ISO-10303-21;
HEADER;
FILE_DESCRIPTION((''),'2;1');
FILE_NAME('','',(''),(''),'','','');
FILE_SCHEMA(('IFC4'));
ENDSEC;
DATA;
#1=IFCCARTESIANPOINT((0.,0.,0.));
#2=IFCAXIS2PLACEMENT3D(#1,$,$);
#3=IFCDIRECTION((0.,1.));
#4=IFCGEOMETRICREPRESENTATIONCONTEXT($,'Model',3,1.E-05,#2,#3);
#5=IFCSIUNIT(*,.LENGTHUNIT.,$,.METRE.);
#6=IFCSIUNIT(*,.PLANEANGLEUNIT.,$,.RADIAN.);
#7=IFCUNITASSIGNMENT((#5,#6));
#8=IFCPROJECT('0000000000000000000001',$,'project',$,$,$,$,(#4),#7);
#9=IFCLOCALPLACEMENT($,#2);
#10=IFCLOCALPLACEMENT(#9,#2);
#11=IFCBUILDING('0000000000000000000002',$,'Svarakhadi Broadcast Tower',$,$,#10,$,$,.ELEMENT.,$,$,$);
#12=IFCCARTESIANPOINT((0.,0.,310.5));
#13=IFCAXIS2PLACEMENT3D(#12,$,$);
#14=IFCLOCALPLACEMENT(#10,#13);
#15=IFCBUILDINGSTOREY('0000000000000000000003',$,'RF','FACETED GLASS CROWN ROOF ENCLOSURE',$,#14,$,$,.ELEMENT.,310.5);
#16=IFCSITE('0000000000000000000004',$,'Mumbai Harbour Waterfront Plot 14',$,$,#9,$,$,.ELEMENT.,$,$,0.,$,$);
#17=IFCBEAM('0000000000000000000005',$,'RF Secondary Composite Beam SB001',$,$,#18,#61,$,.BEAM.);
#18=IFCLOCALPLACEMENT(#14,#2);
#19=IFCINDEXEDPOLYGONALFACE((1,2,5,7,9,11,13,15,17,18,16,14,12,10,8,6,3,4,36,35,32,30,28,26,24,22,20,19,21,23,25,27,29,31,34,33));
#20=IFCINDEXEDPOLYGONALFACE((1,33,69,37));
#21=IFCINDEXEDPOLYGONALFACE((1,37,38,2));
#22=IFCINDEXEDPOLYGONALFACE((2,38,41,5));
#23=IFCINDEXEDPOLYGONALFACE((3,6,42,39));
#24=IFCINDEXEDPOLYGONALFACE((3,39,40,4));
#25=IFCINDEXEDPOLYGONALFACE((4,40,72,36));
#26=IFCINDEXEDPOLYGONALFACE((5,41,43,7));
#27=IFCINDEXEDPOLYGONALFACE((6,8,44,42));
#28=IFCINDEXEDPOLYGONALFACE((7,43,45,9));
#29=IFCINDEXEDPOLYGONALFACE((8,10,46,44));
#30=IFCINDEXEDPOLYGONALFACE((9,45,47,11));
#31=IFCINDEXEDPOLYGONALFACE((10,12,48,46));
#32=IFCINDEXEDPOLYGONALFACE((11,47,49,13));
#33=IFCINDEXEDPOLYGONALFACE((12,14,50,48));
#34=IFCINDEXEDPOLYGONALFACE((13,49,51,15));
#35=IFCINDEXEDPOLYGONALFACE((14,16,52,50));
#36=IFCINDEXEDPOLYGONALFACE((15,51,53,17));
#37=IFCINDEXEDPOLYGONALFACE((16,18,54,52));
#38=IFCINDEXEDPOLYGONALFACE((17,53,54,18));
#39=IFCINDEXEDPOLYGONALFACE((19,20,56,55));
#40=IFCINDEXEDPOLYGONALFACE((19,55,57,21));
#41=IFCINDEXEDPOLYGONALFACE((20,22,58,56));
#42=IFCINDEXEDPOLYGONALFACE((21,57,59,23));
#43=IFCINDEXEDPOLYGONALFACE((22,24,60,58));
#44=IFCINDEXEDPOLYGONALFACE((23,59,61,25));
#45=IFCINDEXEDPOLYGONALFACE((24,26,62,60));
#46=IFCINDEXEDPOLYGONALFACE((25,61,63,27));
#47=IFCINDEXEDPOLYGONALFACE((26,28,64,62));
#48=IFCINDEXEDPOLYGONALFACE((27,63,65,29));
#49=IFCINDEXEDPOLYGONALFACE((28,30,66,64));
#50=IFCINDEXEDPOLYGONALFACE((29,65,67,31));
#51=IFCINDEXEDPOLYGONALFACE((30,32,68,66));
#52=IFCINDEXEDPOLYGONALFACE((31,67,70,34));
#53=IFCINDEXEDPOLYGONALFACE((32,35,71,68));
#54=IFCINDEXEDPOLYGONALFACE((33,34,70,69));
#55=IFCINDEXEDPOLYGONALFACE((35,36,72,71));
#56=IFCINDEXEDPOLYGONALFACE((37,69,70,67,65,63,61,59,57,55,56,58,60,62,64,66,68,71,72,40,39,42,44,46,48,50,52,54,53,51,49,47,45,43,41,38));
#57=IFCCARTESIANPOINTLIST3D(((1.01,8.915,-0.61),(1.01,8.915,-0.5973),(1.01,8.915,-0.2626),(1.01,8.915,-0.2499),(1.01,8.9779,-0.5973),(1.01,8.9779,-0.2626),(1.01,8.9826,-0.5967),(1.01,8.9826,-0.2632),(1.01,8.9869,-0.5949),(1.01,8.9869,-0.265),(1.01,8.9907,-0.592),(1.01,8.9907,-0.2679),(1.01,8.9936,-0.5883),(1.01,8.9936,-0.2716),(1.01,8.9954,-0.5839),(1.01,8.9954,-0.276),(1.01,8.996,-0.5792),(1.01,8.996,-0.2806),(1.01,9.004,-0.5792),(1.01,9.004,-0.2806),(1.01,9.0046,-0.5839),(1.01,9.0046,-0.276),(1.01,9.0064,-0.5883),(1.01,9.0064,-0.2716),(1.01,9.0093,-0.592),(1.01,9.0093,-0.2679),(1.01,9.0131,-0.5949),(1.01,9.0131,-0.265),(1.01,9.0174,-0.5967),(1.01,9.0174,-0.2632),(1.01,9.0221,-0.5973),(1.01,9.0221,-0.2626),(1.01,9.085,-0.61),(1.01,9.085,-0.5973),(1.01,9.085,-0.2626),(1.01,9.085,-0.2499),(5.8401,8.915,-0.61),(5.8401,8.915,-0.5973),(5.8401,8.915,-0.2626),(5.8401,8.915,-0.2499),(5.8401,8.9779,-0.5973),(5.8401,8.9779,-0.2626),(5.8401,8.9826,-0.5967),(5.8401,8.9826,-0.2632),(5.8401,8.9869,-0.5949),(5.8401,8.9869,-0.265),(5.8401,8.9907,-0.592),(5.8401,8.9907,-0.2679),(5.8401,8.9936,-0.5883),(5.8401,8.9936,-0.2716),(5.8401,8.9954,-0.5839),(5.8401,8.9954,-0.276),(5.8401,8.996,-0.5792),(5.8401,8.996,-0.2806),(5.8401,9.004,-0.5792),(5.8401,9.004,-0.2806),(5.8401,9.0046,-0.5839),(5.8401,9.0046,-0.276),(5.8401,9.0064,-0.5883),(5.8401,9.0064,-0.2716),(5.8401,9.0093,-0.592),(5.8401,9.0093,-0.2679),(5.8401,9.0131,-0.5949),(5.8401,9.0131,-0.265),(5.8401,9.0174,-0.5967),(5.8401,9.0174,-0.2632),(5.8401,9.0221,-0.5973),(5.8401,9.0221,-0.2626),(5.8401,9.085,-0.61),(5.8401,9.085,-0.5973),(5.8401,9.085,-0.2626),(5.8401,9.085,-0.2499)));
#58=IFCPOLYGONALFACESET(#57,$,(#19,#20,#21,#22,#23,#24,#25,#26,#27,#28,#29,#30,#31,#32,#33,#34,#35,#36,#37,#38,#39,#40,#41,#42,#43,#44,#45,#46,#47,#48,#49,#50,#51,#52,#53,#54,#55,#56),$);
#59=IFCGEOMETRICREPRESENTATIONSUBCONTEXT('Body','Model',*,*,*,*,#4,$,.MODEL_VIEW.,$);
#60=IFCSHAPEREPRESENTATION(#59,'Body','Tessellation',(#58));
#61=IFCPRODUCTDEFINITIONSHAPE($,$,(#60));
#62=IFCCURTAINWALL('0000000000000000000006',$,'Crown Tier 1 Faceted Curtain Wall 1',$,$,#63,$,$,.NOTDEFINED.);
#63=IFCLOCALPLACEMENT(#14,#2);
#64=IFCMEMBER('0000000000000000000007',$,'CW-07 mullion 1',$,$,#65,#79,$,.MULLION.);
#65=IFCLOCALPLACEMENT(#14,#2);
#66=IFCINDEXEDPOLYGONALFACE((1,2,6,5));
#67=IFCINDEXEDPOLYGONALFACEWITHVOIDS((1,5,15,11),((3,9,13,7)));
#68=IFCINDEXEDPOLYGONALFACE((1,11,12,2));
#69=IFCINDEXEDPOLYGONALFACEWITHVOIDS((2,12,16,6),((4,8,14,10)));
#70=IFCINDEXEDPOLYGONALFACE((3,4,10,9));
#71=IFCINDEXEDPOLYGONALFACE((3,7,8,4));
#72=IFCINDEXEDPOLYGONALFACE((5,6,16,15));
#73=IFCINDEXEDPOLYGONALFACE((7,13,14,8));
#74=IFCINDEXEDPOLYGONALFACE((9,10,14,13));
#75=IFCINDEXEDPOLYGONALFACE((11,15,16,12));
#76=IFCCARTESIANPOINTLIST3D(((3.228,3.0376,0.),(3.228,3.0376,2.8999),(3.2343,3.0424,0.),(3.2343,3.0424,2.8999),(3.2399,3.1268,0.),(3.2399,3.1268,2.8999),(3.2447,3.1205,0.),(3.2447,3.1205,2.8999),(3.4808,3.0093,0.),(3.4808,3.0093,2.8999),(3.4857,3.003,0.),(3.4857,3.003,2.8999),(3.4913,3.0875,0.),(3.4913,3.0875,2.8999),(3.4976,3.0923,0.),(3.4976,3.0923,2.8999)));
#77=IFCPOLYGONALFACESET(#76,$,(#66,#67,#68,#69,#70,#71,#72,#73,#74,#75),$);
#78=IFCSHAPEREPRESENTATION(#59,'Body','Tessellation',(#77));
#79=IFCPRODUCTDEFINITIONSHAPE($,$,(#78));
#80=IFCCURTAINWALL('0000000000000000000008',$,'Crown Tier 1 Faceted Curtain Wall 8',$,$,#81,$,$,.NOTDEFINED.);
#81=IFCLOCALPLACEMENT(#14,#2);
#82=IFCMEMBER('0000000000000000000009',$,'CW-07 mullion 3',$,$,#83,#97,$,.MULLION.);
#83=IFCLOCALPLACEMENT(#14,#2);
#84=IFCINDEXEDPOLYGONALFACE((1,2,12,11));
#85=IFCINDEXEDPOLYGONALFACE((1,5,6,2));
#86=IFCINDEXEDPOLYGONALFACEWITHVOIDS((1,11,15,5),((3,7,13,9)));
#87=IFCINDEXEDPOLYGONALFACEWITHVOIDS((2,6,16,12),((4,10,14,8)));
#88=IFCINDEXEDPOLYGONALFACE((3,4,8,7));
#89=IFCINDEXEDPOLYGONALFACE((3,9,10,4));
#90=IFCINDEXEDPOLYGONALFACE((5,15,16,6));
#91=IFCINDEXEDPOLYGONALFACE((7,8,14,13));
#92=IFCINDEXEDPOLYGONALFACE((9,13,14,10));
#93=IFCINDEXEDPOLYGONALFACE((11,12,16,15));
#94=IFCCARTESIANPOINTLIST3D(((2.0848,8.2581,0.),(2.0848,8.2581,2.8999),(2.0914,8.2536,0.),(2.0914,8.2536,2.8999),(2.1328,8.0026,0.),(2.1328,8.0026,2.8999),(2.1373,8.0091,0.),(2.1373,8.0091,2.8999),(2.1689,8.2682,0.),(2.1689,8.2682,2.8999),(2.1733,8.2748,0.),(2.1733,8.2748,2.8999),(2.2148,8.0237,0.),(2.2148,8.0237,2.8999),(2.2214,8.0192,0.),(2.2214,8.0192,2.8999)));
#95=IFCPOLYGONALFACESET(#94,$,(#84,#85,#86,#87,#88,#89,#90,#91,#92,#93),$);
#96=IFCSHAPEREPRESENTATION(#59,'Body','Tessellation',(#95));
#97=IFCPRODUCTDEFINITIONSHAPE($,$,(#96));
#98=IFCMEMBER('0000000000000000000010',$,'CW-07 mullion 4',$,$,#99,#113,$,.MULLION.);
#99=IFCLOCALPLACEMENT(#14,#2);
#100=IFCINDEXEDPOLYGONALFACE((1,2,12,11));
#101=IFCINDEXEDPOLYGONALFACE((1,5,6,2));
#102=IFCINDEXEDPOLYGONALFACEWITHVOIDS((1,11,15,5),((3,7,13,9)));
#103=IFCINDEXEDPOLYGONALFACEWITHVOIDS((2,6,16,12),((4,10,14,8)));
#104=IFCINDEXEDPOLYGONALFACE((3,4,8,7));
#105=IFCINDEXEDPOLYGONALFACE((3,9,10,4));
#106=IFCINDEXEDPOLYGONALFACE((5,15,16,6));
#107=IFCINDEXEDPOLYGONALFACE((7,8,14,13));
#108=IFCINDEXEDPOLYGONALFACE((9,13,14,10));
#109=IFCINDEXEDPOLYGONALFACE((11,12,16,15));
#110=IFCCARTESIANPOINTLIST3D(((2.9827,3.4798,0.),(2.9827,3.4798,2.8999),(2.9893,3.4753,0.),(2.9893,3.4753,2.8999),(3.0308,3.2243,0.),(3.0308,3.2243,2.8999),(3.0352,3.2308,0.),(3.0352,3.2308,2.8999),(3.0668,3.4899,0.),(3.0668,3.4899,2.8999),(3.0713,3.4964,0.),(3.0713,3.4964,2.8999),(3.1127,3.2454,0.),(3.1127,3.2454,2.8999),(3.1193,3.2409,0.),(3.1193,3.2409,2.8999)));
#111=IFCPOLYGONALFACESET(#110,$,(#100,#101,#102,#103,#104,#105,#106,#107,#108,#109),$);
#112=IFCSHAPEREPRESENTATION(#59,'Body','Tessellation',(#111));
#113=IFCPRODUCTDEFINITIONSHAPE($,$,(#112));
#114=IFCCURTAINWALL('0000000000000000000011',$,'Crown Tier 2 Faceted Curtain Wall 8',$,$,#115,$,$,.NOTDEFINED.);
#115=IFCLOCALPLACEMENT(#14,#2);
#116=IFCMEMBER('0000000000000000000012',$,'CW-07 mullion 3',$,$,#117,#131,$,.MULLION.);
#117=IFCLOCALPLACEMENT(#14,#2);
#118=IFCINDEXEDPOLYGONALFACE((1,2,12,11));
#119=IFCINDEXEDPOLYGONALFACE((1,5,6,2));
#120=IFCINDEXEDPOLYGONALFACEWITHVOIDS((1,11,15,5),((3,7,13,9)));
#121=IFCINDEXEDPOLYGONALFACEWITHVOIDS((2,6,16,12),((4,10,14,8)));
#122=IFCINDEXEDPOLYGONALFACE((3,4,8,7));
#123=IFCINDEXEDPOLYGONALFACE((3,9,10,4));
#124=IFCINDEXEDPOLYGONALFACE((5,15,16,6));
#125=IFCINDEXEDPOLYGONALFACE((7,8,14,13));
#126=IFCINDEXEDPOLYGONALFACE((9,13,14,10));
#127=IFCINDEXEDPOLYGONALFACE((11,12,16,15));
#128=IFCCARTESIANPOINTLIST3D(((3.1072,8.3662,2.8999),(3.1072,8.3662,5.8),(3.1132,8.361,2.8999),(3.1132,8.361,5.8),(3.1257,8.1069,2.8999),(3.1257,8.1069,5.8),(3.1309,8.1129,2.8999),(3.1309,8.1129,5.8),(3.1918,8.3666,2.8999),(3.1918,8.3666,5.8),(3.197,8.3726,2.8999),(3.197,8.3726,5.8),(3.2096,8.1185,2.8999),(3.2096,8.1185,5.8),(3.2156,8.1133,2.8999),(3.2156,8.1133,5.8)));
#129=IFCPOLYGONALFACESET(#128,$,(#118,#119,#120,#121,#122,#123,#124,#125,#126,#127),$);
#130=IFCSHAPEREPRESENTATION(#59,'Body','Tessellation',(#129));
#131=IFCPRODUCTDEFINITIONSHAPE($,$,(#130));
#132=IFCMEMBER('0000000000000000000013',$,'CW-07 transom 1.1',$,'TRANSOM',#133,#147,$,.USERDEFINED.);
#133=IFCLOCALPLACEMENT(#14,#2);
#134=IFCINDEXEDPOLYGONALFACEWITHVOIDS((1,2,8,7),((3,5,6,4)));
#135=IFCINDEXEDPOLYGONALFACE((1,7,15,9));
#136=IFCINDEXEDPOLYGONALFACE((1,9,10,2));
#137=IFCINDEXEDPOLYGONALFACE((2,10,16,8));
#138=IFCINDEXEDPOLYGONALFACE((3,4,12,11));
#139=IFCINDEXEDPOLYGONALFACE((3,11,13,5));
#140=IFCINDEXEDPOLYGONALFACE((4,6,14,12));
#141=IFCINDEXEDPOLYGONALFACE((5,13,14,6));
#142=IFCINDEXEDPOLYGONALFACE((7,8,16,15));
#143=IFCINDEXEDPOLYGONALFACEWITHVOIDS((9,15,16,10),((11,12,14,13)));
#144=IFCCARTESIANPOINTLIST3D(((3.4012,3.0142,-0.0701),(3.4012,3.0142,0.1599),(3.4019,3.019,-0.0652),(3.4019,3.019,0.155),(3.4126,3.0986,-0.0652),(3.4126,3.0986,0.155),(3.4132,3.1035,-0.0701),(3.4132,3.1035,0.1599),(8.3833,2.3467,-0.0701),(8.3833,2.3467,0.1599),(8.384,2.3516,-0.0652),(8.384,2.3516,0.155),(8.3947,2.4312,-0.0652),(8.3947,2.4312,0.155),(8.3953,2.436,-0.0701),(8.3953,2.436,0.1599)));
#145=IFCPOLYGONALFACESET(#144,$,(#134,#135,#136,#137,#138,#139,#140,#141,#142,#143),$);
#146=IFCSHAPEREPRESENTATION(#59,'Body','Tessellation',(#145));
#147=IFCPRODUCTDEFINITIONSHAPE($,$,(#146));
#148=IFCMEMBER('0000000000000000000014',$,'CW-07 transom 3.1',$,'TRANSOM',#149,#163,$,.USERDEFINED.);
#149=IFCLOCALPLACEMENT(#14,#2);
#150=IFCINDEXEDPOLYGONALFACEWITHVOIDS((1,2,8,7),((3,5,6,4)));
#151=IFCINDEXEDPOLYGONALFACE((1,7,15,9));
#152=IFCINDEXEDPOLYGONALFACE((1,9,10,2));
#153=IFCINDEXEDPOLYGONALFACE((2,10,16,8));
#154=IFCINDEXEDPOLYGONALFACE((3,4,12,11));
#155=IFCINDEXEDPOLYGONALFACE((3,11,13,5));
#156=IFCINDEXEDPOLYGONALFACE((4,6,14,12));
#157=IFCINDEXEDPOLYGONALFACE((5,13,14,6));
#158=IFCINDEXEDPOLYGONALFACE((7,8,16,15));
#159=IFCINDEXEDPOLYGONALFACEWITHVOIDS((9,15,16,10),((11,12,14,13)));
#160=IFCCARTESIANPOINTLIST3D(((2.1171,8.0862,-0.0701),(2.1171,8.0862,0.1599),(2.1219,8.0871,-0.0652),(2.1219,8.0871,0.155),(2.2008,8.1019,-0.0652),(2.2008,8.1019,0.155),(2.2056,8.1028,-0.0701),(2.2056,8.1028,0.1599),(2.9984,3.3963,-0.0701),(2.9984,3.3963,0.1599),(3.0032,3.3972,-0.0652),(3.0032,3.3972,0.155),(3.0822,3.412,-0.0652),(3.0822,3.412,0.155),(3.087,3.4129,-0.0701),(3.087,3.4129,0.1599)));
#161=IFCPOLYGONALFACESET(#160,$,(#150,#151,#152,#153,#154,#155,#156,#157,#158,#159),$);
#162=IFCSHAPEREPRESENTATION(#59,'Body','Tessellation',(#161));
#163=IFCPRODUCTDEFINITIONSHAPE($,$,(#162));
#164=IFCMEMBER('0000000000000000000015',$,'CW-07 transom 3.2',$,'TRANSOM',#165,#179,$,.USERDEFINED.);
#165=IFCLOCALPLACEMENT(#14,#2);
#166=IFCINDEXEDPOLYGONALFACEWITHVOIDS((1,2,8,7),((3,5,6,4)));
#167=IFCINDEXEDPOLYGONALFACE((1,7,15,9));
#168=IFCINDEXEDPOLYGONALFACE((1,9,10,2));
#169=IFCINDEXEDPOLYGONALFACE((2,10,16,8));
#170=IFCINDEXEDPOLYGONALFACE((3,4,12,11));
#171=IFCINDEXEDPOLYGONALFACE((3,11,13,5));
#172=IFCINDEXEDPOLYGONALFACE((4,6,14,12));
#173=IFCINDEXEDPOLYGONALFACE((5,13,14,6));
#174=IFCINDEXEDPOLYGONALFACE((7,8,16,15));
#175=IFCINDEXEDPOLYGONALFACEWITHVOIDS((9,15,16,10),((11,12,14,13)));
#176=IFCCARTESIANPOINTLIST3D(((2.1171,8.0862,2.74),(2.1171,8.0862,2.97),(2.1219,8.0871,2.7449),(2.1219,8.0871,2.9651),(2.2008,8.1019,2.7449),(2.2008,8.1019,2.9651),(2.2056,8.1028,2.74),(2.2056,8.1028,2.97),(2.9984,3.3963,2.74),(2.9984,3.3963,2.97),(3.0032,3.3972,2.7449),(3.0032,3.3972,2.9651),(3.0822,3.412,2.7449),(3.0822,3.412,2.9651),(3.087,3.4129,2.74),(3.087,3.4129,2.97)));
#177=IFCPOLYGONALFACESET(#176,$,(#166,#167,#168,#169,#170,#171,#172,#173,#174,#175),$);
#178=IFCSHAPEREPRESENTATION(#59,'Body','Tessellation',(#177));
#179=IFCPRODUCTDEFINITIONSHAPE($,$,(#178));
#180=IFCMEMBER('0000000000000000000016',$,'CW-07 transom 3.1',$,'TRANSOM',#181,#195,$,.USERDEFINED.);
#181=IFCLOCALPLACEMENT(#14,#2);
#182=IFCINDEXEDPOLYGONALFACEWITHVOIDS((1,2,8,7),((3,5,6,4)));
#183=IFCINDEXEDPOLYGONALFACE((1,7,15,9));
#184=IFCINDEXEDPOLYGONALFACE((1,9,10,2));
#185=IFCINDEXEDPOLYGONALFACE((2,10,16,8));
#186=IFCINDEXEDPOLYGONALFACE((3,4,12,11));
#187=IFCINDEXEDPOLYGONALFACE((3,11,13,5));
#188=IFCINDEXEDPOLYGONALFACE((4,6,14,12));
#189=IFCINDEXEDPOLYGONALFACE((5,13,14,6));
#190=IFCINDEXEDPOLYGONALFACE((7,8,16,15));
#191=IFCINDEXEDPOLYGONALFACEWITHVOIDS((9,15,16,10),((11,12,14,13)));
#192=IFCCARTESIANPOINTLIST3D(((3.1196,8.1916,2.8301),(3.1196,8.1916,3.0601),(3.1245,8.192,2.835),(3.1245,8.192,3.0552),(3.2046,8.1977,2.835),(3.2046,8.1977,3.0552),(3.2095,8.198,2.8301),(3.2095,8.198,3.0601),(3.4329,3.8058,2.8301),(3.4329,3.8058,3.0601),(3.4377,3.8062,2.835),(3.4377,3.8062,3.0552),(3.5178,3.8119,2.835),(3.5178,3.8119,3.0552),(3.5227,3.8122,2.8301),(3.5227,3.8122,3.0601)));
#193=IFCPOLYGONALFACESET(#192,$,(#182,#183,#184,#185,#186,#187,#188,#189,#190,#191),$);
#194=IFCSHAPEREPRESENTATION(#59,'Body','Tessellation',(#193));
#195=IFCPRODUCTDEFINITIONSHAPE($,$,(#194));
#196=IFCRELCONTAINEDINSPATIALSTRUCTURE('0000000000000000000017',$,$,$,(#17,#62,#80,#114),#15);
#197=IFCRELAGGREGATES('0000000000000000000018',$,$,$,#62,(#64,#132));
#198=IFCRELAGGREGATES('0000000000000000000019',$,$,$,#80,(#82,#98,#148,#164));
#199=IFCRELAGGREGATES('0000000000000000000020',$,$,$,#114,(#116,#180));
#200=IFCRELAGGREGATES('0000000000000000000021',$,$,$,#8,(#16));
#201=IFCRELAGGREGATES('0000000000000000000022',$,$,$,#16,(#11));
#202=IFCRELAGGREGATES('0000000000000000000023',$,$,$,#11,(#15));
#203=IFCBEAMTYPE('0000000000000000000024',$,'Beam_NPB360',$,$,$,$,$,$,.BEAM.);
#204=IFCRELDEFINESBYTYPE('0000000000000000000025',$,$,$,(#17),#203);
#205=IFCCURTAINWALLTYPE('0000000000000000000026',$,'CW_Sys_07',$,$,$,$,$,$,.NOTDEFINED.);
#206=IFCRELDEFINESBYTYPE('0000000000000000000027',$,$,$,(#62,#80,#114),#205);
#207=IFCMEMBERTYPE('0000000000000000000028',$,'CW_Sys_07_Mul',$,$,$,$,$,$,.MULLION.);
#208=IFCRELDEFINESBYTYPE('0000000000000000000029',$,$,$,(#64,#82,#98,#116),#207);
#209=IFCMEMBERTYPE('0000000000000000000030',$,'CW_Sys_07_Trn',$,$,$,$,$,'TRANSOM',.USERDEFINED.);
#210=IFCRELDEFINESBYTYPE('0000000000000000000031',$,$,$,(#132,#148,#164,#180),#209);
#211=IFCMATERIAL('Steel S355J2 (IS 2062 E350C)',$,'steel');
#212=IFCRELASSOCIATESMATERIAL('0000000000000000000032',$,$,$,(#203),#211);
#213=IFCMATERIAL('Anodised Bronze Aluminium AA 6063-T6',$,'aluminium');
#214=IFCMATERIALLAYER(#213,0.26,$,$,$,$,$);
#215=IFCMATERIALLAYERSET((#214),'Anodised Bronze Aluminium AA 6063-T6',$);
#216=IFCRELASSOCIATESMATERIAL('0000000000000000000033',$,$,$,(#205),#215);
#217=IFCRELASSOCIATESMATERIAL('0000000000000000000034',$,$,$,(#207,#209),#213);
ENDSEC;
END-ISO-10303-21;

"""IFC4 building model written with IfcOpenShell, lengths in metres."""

from ifc_helpers import new_model, si_unit, direction, frame, origin, origin_2d, place, context, subcontext, project, spatial, hollow_rectangle, i_section, extrude, material, layer, layer_set, material_profile, profile_set, type_object, element, aggregate, save


model = new_model("IFC4")

# Units and contexts
model_context = context("Model", 3, precision=1e-05, world=origin(), true_north=direction((0.0, 1.0)))
body_context = subcontext(model_context, "Body", "Model", "MODEL_VIEW")
ifc_project = project(units=[si_unit("LENGTHUNIT", "METRE"), si_unit("PLANEANGLEUNIT", "RADIAN")], contexts=[model_context])

# Site, building, storey
site_placement = place(None, origin())
site = spatial("IfcSite", under=ifc_project, at=site_placement, Name="Mumbai Harbour Waterfront Plot 14", CompositionType="ELEMENT", RefElevation=0.0)
building_placement = place(site_placement, origin())
building = spatial("IfcBuilding", under=site, at=building_placement, Name="Svarakhadi Broadcast Tower", CompositionType="ELEMENT")
storey_placement = place(building_placement, frame((0.0, 0.0, 310.5)))
storey = spatial("IfcBuildingStorey", under=building, at=storey_placement, Name="RF", Description="FACETED GLASS CROWN ROOF ENCLOSURE", CompositionType="ELEMENT", Elevation=310.5)

# Beam
ifc_material_1 = material(Name="Steel S355J2 (IS 2062 E350C)", Category="steel")
ifc_material_profile_1 = material_profile(ifc_material_1, i_section(OverallWidth=0.1699, OverallDepth=0.3601, WebThickness=0.0081, FlangeThickness=0.0127, FilletRadius=0.0181, at=origin_2d()), Name="NPB 360x170x57")
ifc_profile_set_1 = profile_set([ifc_material_profile_1], Name="Steel S355J2 (IS 2062 E350C)")
beam_type_1 = type_object("IfcBeamType", Name="Beam_NPB360", PredefinedType="BEAM", material=ifc_profile_set_1)
beam_1_placement = place(storey_placement, frame((1.01, 9.0, -0.4299), z_axis=(1.0, 0.0, 0.0), x_axis=(0.0, 1.0, 0.0)))
element("IfcBeam", 1, at=beam_1_placement, inside=storey, type_object=beam_type_1, Name="RF Secondary Composite Beam SB001", PredefinedType="BEAM", context=body_context, shape_type="SweptSolid", body=[
    extrude(i_section(OverallWidth=0.1699, OverallDepth=0.3601, WebThickness=0.0081, FlangeThickness=0.0127, FilletRadius=0.0181, at=origin_2d()), origin(), (0.0, 0.0, 1.0), 4.8301),
])

# Curtain wall, member
ifc_material_2 = material(Name="Anodised Bronze Aluminium AA 6063-T6", Category="aluminium")
ifc_layer_1 = layer(ifc_material_2, 0.26)
ifc_layer_set_1 = layer_set([ifc_layer_1], Name="Anodised Bronze Aluminium AA 6063-T6")
curtain_wall_type = type_object("IfcCurtainWallType", Name="CW_Sys_07", PredefinedType="NOTDEFINED", material=ifc_layer_set_1)
curtain_wall_1_placement = place(storey_placement, origin())
curtain_wall_1 = element("IfcCurtainWall", 2, at=curtain_wall_1_placement, inside=storey, type_object=curtain_wall_type, Name="Crown Tier 1 Faceted Curtain Wall 1", PredefinedType="NOTDEFINED")
ifc_material_profile_2 = material_profile(ifc_material_2, hollow_rectangle(XDim=0.0901, YDim=0.26, WallThickness=0.0056, at=origin_2d()), Name="ALU MULLION 260x90x6")
ifc_profile_set_2 = profile_set([ifc_material_profile_2], Name="Anodised Bronze Aluminium AA 6063-T6")
member_type_1 = type_object("IfcMemberType", Name="CW_Sys_07_Mul", PredefinedType="MULLION", material=ifc_profile_set_2)
member_1_placement = place(storey_placement, frame((3.3628, 3.0649, 0.0), z_axis=(0.0, 0.0, 1.0), x_axis=(0.132787, 0.991145, 0.0)))
member_1 = element("IfcMember", 3, at=member_1_placement, type_object=member_type_1, Name="CW-07 mullion 1", PredefinedType="MULLION", context=body_context, shape_type="SweptSolid", body=[
    extrude(hollow_rectangle(XDim=0.0901, YDim=0.26, WallThickness=0.0056, at=origin_2d()), origin(), (0.0, 0.0, 1.0), 2.8999),
])

# Curtain wall, members
curtain_wall_2_placement = place(storey_placement, origin())
curtain_wall_2 = element("IfcCurtainWall", 4, at=curtain_wall_2_placement, inside=storey, type_object=curtain_wall_type, Name="Crown Tier 1 Faceted Curtain Wall 8", PredefinedType="NOTDEFINED")
member_2_placement = place(storey_placement, frame((2.1531, 8.1387, 0.0), z_axis=(0.0, 0.0, 1.0), x_axis=(0.982797, 0.18469, 0.0)))
member_2 = element("IfcMember", 5, at=member_2_placement, type_object=member_type_1, Name="CW-07 mullion 3", PredefinedType="MULLION", context=body_context, shape_type="SweptSolid", body=[
    extrude(hollow_rectangle(XDim=0.0901, YDim=0.26, WallThickness=0.0056, at=origin_2d()), origin(), (0.0, 0.0, 1.0), 2.8999),
])
member_3_placement = place(storey_placement, frame((3.051, 3.3604, 0.0), z_axis=(0.0, 0.0, 1.0), x_axis=(0.982797, 0.18469, 0.0)))
member_3 = element("IfcMember", 6, at=member_3_placement, type_object=member_type_1, Name="CW-07 mullion 4", PredefinedType="MULLION", context=body_context, shape_type="SweptSolid", body=[
    extrude(hollow_rectangle(XDim=0.0901, YDim=0.26, WallThickness=0.0056, at=origin_2d()), origin(), (0.0, 0.0, 1.0), 2.8999),
])

# Curtain wall, member
curtain_wall_3_placement = place(storey_placement, origin())
curtain_wall_3 = element("IfcCurtainWall", 7, at=curtain_wall_3_placement, inside=storey, type_object=curtain_wall_type, Name="Crown Tier 2 Faceted Curtain Wall 8", PredefinedType="NOTDEFINED")
member_4_placement = place(storey_placement, frame((3.1614, 8.2397, 2.8999), z_axis=(0.0, 0.0, 1.0), x_axis=(0.997459, 0.071243, 0.0)))
member_4 = element("IfcMember", 8, at=member_4_placement, type_object=member_type_1, Name="CW-07 mullion 3", PredefinedType="MULLION", context=body_context, shape_type="SweptSolid", body=[
    extrude(hollow_rectangle(XDim=0.0901, YDim=0.26, WallThickness=0.0056, at=origin_2d()), origin(), (0.0, 0.0, 1.0), 2.9001),
])

# Members
ifc_material_profile_3 = material_profile(ifc_material_2, hollow_rectangle(XDim=0.0901, YDim=0.23, WallThickness=0.0049, at=origin_2d()), Name="ALU TRANSOM 230x90x5")
ifc_profile_set_3 = profile_set([ifc_material_profile_3], Name="Anodised Bronze Aluminium AA 6063-T6")
member_type_2 = type_object("IfcMemberType", Name="CW_Sys_07_Trn", ElementType="TRANSOM", PredefinedType="USERDEFINED", material=ifc_profile_set_3)
member_5_placement = place(storey_placement, frame((3.4072, 3.0588, 0.0449), z_axis=(0.991145, -0.132787, 0.0), x_axis=(0.132787, 0.991145, 0.0)))
member_5 = element("IfcMember", 9, at=member_5_placement, type_object=member_type_2, Name="CW-07 transom 1.1", ObjectType="TRANSOM", PredefinedType="USERDEFINED", context=body_context, shape_type="SweptSolid", body=[
    extrude(hollow_rectangle(XDim=0.0901, YDim=0.23, WallThickness=0.0049, at=origin_2d()), origin(), (0.0, 0.0, 1.0), 5.0266),
])
aggregate(curtain_wall_1, [member_1, member_5])
member_6_placement = place(storey_placement, frame((2.1614, 8.0945, 0.0449), z_axis=(0.18469, -0.982797, 0.0), x_axis=(0.982797, 0.18469, 0.0)))
member_6 = element("IfcMember", 10, at=member_6_placement, type_object=member_type_2, Name="CW-07 transom 3.1", ObjectType="TRANSOM", PredefinedType="USERDEFINED", context=body_context, shape_type="SweptSolid", body=[
    extrude(hollow_rectangle(XDim=0.0901, YDim=0.23, WallThickness=0.0049, at=origin_2d()), origin(), (0.0, 0.0, 1.0), 4.772),
])
member_7_placement = place(storey_placement, frame((2.1614, 8.0945, 2.855), z_axis=(0.18469, -0.982797, 0.0), x_axis=(0.982797, 0.18469, 0.0)))
member_7 = element("IfcMember", 11, at=member_7_placement, type_object=member_type_2, Name="CW-07 transom 3.2", ObjectType="TRANSOM", PredefinedType="USERDEFINED", context=body_context, shape_type="SweptSolid", body=[
    extrude(hollow_rectangle(XDim=0.0901, YDim=0.23, WallThickness=0.0049, at=origin_2d()), origin(), (0.0, 0.0, 1.0), 4.772),
])
member_8_placement = place(storey_placement, frame((3.1646, 8.1948, 2.9451), z_axis=(0.071239, -0.997459, 0.0), x_axis=(0.997459, 0.071239, 0.0)))
member_8 = element("IfcMember", 12, at=member_8_placement, type_object=member_type_2, Name="CW-07 transom 3.1", ObjectType="TRANSOM", PredefinedType="USERDEFINED", context=body_context, shape_type="SweptSolid", body=[
    extrude(hollow_rectangle(XDim=0.0901, YDim=0.23, WallThickness=0.0049, at=origin_2d()), origin(), (0.0, 0.0, 1.0), 4.397),
])

aggregate(curtain_wall_2, [member_2, member_3, member_6, member_7])
aggregate(curtain_wall_3, [member_4, member_8])

save(model, "model.ifc")
